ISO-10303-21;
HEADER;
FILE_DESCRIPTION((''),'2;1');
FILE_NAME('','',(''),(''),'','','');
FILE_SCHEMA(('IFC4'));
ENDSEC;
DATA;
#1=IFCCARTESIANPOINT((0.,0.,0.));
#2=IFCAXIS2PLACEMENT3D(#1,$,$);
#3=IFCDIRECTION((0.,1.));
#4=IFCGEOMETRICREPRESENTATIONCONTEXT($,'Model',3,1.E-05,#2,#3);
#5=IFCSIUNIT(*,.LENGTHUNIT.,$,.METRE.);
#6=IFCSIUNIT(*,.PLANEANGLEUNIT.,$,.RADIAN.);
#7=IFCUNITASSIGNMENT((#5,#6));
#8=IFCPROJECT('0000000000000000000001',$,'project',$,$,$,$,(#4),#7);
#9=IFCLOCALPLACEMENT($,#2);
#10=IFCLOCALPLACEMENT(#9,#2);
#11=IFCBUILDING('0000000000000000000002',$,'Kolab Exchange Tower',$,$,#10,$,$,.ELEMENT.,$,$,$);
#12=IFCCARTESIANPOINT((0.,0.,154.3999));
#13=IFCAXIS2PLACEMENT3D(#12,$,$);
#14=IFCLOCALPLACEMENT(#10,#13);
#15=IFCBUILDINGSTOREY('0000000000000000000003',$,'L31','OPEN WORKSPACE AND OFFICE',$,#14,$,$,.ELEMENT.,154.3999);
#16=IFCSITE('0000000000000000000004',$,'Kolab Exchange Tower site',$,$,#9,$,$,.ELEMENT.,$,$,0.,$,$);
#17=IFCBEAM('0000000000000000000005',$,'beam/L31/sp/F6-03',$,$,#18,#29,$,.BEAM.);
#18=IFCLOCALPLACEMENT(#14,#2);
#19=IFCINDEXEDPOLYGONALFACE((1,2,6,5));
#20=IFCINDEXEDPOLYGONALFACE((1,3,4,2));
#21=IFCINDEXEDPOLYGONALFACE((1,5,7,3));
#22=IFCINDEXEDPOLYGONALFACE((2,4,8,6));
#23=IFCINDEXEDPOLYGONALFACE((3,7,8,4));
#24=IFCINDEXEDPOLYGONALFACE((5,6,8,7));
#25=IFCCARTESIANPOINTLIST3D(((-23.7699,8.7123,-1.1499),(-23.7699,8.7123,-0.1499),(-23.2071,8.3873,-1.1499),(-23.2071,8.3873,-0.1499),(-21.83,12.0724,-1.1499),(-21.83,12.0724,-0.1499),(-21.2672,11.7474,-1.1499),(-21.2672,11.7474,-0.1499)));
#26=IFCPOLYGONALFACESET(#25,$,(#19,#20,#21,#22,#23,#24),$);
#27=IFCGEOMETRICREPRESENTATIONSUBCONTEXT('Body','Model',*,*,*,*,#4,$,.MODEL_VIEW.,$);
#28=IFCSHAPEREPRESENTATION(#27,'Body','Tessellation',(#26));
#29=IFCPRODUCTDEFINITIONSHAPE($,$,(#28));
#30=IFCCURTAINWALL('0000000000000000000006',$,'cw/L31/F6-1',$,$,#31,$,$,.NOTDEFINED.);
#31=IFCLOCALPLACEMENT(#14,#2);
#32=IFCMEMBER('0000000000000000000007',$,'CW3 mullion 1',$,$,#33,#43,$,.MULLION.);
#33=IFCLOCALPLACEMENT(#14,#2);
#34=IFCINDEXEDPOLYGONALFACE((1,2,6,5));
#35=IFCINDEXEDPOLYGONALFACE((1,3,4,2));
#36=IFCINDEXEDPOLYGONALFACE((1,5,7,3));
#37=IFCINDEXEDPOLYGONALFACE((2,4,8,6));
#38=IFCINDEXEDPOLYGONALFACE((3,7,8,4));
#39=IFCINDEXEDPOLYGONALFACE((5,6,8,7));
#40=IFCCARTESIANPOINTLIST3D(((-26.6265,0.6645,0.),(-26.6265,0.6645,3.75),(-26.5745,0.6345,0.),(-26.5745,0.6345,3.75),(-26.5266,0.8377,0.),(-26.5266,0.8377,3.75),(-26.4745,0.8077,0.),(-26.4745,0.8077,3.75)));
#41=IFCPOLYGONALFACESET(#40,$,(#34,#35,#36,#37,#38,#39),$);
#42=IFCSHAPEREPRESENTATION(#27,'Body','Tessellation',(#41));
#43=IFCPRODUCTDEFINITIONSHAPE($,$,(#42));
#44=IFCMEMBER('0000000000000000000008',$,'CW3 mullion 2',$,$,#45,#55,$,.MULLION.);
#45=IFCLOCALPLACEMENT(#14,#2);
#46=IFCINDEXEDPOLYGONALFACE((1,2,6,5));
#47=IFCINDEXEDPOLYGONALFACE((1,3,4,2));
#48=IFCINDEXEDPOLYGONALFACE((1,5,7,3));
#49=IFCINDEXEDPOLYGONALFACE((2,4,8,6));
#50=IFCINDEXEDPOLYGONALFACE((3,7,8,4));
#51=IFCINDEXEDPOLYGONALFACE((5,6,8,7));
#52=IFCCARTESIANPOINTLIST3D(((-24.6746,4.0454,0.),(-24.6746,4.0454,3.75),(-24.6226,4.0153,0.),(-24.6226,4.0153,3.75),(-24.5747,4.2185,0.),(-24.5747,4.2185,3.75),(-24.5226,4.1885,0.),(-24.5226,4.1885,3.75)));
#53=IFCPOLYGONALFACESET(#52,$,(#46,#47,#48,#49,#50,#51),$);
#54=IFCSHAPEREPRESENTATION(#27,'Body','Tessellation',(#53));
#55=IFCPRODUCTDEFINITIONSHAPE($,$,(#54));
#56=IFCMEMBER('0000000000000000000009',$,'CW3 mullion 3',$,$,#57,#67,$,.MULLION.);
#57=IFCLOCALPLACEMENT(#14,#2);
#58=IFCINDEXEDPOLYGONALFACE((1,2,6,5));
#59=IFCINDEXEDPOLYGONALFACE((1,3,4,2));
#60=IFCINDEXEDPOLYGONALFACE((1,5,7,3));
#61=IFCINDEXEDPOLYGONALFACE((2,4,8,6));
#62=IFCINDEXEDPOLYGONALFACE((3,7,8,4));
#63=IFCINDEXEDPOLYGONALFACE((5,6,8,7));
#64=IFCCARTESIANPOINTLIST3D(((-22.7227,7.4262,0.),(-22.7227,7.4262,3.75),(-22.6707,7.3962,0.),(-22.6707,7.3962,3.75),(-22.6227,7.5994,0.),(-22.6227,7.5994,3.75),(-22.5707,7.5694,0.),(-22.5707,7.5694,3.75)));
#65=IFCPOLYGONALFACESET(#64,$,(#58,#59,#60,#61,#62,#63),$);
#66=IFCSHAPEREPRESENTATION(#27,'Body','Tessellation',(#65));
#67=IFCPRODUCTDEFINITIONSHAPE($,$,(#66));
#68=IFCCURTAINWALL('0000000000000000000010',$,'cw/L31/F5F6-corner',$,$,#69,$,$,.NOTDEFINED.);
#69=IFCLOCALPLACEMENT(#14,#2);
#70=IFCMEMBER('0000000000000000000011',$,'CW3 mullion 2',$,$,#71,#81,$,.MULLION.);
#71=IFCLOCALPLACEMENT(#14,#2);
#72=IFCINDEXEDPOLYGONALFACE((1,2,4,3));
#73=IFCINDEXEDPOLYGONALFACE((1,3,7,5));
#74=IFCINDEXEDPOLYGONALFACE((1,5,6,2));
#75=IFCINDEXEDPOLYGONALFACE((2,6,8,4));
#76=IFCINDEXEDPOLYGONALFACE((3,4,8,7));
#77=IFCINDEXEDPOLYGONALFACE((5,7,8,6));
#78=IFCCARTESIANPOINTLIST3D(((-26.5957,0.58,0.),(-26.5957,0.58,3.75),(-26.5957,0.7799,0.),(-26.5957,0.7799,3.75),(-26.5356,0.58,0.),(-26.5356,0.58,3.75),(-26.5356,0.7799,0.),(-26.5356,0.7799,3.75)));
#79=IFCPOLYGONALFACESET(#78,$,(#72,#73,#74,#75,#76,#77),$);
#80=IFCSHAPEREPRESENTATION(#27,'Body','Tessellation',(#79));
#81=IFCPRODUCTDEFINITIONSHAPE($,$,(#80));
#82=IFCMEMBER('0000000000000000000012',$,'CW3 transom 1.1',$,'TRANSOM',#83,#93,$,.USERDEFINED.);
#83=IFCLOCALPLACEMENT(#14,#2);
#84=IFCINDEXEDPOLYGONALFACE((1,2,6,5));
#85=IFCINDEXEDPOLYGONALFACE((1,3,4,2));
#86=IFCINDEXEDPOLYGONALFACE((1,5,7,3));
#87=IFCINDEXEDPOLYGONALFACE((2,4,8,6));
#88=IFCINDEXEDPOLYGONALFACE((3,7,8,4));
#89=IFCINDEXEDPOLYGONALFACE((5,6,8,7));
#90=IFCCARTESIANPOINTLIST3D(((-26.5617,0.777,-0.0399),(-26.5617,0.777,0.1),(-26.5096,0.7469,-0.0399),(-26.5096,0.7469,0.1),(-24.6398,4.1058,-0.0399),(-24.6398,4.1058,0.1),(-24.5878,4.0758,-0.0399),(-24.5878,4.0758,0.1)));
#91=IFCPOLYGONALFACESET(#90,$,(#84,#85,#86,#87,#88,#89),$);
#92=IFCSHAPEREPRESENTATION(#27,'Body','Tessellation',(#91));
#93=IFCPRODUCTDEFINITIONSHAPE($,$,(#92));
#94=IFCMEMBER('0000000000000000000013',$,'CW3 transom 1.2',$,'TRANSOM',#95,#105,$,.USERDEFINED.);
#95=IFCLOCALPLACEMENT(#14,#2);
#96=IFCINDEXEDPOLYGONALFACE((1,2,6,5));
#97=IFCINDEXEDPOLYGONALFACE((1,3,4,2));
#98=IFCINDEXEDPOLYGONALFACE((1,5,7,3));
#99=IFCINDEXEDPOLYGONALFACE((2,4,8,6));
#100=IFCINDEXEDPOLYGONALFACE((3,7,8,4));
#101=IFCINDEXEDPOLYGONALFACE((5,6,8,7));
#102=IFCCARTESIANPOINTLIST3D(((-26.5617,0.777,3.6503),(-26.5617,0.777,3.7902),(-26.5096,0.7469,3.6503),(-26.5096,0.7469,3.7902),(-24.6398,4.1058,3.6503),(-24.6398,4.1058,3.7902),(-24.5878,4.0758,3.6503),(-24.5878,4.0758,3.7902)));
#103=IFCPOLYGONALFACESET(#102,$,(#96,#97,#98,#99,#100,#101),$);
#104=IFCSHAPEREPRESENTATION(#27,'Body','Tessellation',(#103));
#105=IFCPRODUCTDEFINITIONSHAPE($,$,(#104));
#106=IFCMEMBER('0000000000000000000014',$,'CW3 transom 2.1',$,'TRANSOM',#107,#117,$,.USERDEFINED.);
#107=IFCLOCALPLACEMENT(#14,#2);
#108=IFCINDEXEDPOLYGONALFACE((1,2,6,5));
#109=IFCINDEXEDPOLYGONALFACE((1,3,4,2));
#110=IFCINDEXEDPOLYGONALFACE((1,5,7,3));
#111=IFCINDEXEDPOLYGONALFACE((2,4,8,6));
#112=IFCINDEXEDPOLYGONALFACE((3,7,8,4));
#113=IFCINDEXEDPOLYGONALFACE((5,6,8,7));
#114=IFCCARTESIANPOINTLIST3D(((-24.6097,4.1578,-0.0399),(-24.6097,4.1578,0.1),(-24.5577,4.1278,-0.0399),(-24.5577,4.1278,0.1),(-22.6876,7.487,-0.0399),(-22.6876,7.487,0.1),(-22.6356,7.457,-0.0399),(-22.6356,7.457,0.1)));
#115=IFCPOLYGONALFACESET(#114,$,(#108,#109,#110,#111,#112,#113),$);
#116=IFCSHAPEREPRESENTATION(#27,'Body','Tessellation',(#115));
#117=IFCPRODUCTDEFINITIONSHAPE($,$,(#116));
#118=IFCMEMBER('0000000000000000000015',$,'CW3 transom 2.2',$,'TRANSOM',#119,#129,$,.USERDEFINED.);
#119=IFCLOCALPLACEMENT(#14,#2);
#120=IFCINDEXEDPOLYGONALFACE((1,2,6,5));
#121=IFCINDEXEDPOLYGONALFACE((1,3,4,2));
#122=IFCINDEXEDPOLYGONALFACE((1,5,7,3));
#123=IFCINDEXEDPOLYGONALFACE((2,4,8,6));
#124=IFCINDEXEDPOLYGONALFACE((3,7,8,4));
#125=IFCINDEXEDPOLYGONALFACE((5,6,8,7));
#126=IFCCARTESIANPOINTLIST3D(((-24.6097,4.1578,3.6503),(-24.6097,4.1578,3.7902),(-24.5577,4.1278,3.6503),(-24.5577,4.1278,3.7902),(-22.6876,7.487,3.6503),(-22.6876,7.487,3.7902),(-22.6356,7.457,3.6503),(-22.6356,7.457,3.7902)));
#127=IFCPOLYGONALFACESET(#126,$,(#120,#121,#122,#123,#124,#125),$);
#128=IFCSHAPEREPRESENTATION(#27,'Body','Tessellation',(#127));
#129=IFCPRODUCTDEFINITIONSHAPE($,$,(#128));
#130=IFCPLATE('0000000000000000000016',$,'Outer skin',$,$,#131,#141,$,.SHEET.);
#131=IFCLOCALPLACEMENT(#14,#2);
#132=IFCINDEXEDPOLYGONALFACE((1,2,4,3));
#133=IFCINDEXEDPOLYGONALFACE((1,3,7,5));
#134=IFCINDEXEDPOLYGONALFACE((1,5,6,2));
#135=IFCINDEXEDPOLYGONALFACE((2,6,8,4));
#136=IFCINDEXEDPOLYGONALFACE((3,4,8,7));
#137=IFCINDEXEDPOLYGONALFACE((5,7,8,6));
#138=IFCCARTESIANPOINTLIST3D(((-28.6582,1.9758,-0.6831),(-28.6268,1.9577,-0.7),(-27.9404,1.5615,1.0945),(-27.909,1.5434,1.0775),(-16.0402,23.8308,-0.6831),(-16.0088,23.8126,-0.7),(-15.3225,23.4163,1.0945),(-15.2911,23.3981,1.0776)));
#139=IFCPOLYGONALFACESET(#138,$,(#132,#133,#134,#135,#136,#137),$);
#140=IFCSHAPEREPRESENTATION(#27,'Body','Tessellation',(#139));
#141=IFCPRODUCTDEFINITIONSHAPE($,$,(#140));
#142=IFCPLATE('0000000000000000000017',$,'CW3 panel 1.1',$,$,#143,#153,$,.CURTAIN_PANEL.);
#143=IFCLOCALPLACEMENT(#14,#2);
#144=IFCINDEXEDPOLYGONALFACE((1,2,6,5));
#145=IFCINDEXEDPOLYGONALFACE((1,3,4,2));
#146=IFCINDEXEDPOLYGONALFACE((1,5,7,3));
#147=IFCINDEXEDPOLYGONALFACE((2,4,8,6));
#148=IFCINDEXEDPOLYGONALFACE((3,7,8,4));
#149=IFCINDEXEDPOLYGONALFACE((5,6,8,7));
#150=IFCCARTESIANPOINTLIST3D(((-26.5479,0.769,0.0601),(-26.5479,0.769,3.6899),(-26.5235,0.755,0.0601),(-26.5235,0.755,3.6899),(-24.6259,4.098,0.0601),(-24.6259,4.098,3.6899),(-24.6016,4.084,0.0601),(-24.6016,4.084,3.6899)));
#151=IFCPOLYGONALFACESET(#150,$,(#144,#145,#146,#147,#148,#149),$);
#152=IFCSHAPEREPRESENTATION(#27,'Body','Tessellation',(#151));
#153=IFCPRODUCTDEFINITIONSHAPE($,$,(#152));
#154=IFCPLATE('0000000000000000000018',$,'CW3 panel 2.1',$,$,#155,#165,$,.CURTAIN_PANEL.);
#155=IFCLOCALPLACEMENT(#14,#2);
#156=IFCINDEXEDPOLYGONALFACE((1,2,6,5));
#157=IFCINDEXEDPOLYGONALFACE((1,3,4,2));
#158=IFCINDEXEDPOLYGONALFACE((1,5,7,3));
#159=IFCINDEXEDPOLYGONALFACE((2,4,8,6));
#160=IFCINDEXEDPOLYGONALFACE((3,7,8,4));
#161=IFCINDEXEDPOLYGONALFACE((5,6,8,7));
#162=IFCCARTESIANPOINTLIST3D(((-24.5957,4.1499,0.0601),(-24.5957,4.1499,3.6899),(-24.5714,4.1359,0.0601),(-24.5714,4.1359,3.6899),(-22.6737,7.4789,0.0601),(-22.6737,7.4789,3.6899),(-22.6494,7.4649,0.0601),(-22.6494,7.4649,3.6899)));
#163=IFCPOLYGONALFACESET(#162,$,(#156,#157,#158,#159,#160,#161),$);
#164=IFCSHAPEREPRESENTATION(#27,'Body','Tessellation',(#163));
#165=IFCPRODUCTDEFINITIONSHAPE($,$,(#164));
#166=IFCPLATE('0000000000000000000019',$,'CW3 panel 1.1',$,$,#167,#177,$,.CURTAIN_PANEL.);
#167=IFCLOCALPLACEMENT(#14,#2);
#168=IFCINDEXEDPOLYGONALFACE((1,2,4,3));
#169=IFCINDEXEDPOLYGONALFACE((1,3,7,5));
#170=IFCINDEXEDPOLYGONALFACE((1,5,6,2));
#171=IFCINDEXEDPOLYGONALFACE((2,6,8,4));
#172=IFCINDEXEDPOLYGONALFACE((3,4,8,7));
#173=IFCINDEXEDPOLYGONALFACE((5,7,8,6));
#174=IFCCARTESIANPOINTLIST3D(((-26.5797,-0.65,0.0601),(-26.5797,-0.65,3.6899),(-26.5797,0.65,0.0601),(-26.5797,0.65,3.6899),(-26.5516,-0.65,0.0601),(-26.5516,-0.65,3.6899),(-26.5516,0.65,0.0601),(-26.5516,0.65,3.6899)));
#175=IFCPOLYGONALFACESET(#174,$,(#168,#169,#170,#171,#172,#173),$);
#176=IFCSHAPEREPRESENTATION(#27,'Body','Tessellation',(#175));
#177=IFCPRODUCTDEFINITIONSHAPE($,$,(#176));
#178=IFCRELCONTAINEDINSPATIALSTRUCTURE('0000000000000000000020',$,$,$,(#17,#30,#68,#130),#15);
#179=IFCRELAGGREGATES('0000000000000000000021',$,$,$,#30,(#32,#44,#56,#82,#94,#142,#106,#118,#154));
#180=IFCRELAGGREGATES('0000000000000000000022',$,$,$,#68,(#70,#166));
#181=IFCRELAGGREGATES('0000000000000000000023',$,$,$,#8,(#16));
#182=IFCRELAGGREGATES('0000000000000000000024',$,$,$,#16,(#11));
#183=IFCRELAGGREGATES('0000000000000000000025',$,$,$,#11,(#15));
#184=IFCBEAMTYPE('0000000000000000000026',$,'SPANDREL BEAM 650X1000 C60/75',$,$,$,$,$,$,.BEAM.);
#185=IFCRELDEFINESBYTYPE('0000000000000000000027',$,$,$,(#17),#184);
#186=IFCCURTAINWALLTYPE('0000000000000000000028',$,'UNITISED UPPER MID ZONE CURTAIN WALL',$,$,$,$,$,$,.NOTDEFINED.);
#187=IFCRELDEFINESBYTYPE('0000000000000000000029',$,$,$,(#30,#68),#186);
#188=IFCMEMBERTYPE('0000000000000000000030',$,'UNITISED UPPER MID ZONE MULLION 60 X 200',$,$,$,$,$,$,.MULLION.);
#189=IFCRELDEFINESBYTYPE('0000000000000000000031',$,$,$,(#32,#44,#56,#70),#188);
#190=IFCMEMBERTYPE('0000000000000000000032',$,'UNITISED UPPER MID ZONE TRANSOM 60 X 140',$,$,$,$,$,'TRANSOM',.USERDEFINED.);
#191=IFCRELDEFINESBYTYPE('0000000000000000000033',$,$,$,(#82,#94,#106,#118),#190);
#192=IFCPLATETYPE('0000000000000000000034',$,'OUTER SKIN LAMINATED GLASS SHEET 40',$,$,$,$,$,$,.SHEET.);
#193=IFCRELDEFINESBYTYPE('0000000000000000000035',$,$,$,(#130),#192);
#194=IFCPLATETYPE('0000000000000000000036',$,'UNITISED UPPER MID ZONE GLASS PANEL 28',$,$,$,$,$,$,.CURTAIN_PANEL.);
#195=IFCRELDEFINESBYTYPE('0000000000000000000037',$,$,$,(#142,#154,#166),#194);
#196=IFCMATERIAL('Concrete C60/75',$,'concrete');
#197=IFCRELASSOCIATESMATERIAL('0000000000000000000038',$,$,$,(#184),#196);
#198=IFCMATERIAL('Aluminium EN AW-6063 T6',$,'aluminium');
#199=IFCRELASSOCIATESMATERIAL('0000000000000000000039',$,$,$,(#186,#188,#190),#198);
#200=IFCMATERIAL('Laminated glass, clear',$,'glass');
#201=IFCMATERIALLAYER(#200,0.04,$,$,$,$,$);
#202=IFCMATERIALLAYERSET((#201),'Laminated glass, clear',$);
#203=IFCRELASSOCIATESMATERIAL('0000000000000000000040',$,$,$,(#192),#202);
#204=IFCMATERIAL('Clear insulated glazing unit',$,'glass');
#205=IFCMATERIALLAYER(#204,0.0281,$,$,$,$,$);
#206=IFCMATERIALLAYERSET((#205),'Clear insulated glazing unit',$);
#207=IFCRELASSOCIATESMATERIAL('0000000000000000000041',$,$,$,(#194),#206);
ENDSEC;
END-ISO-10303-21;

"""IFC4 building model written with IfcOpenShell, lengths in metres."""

from ifc_helpers import new_model, si_unit, direction, frame, origin, origin_2d, place, context, subcontext, project, spatial, polyline, rectangle, outline, extrude, material, layer, layer_set, material_profile, profile_set, type_object, element, aggregate, save


model = new_model("IFC4")

# Units and contexts
model_context = context("Model", 3, precision=1e-05, world=origin(), true_north=direction((0.0, 1.0)))
body_context = subcontext(model_context, "Body", "Model", "MODEL_VIEW")
ifc_project = project(units=[si_unit("LENGTHUNIT", "METRE"), si_unit("PLANEANGLEUNIT", "RADIAN")], contexts=[model_context])

# Site, building, storey
site_placement = place(None, origin())
site = spatial("IfcSite", under=ifc_project, at=site_placement, Name="Kolab Exchange Tower site", CompositionType="ELEMENT", RefElevation=0.0)
building_placement = place(site_placement, origin())
building = spatial("IfcBuilding", under=site, at=building_placement, Name="Kolab Exchange Tower", CompositionType="ELEMENT")
storey_placement = place(building_placement, frame((0.0, 0.0, 154.3999)))
storey = spatial("IfcBuildingStorey", under=building, at=storey_placement, Name="L31", Description="OPEN WORKSPACE AND OFFICE", CompositionType="ELEMENT", Elevation=154.3999)

# Shared definitions
ifc_material_1 = material(Name="Concrete C60/75", Category="concrete")

# Beam
ifc_material_profile_1 = material_profile(ifc_material_1, rectangle(XDim=0.6499, YDim=1.0, at=origin_2d()), Name="RC650X1000")
ifc_profile_set_1 = profile_set([ifc_material_profile_1], Name="Concrete C60/75")
beam_type_1 = type_object("IfcBeamType", Name="SPANDREL BEAM 650X1000 C60/75", PredefinedType="BEAM", material=ifc_profile_set_1)
for number, where, z_axis, x_axis, name in (
    (1, (-23.4885, 8.5498, -0.6499), (0.499997, 0.866027, 0.0), (-0.866027, 0.499997, 0.0), "beam/L31/sp/F6-03"),
):
    element("IfcBeam", number, at=place(storey_placement, frame(where, z_axis=z_axis, x_axis=x_axis)), inside=storey, type_object=beam_type_1, Name=name, PredefinedType="BEAM", context=body_context, shape_type="SweptSolid", body=[
        extrude(rectangle(XDim=0.6499, YDim=1.0, at=origin_2d()), origin(), (0.0, 0.0, 1.0), 3.8799),
    ])

# Curtain wall, members
ifc_material_2 = material(Name="Aluminium EN AW-6063 T6", Category="aluminium")
curtain_wall_type = type_object("IfcCurtainWallType", Name="UNITISED UPPER MID ZONE CURTAIN WALL", PredefinedType="NOTDEFINED", material=ifc_material_2)
curtain_wall_1_placement = place(storey_placement, origin())
curtain_wall_1 = element("IfcCurtainWall", 2, at=curtain_wall_1_placement, inside=storey, type_object=curtain_wall_type, Name="cw/L31/F6-1", PredefinedType="NOTDEFINED")
ifc_material_profile_2 = material_profile(ifc_material_2, rectangle(XDim=0.0601, YDim=0.2, at=origin_2d()), Name="RECT 60X200")
ifc_profile_set_2 = profile_set([ifc_material_profile_2], Name="Aluminium EN AW-6063 T6")
member_type_1 = type_object("IfcMemberType", Name="UNITISED UPPER MID ZONE MULLION 60 X 200", PredefinedType="MULLION", material=ifc_profile_set_2)
member_1_placement = place(storey_placement, frame((-26.5505, 0.7361, 0.0), z_axis=(0.0, 0.0, 1.0), x_axis=(-0.866025, 0.5, 0.0)))
member_1 = element("IfcMember", 3, at=member_1_placement, type_object=member_type_1, Name="CW3 mullion 1", PredefinedType="MULLION", context=body_context, shape_type="SweptSolid", body=[
    extrude(rectangle(XDim=0.0601, YDim=0.2, at=origin_2d()), origin(), (0.0, 0.0, 1.0), 3.75),
])
member_2_placement = place(storey_placement, frame((-24.5986, 4.1169, 0.0), z_axis=(0.0, 0.0, 1.0), x_axis=(-0.866025, 0.5, 0.0)))
member_2 = element("IfcMember", 4, at=member_2_placement, type_object=member_type_1, Name="CW3 mullion 2", PredefinedType="MULLION", context=body_context, shape_type="SweptSolid", body=[
    extrude(rectangle(XDim=0.0601, YDim=0.2, at=origin_2d()), origin(), (0.0, 0.0, 1.0), 3.75),
])
member_3_placement = place(storey_placement, frame((-22.6467, 7.4978, 0.0), z_axis=(0.0, 0.0, 1.0), x_axis=(-0.866025, 0.5, 0.0)))
member_3 = element("IfcMember", 5, at=member_3_placement, type_object=member_type_1, Name="CW3 mullion 3", PredefinedType="MULLION", context=body_context, shape_type="SweptSolid", body=[
    extrude(rectangle(XDim=0.0601, YDim=0.2, at=origin_2d()), origin(), (0.0, 0.0, 1.0), 3.75),
])

# Curtain wall, member
curtain_wall_2_placement = place(storey_placement, origin())
curtain_wall_2 = element("IfcCurtainWall", 6, at=curtain_wall_2_placement, inside=storey, type_object=curtain_wall_type, Name="cw/L31/F5F6-corner", PredefinedType="NOTDEFINED")
member_4_placement = place(storey_placement, frame((-26.5657, 0.6799, 0.0), z_axis=(0.0, 0.0, 1.0), x_axis=(-1.0, 0.0, 0.0)))
member_4 = element("IfcMember", 7, at=member_4_placement, type_object=member_type_1, Name="CW3 mullion 2", PredefinedType="MULLION", context=body_context, shape_type="SweptSolid", body=[
    extrude(rectangle(XDim=0.0601, YDim=0.2, at=origin_2d()), origin(), (0.0, 0.0, 1.0), 3.75),
])

# Members
ifc_material_profile_3 = material_profile(ifc_material_2, rectangle(XDim=0.0601, YDim=0.1399, at=origin_2d()), Name="RECT 60X140")
ifc_profile_set_3 = profile_set([ifc_material_profile_3], Name="Aluminium EN AW-6063 T6")
member_type_2 = type_object("IfcMemberType", Name="UNITISED UPPER MID ZONE TRANSOM 60 X 140", ElementType="TRANSOM", PredefinedType="USERDEFINED", material=ifc_profile_set_3)
member_5_placement = place(storey_placement, frame((-26.5356, 0.762, 0.03), z_axis=(0.499992, 0.86603, 0.0), x_axis=(-0.86603, 0.499992, 0.0)))
member_5 = element("IfcMember", 8, at=member_5_placement, type_object=member_type_2, Name="CW3 transom 1.1", ObjectType="TRANSOM", PredefinedType="USERDEFINED", context=body_context, shape_type="SweptSolid", body=[
    extrude(rectangle(XDim=0.0601, YDim=0.1399, at=origin_2d()), origin(), (0.0, 0.0, 1.0), 3.8438),
])
member_6_placement = place(storey_placement, frame((-26.5356, 0.762, 3.7202), z_axis=(0.499992, 0.86603, 0.0), x_axis=(-0.86603, 0.499992, 0.0)))
member_6 = element("IfcMember", 9, at=member_6_placement, type_object=member_type_2, Name="CW3 transom 1.2", ObjectType="TRANSOM", PredefinedType="USERDEFINED", context=body_context, shape_type="SweptSolid", body=[
    extrude(rectangle(XDim=0.0601, YDim=0.1399, at=origin_2d()), origin(), (0.0, 0.0, 1.0), 3.8438),
])
member_7_placement = place(storey_placement, frame((-24.5837, 4.1428, 0.03), z_axis=(0.500012, 0.866018, 0.0), x_axis=(-0.866018, 0.500012, 0.0)))
member_7 = element("IfcMember", 10, at=member_7_placement, type_object=member_type_2, Name="CW3 transom 2.1", ObjectType="TRANSOM", PredefinedType="USERDEFINED", context=body_context, shape_type="SweptSolid", body=[
    extrude(rectangle(XDim=0.0601, YDim=0.1399, at=origin_2d()), origin(), (0.0, 0.0, 1.0), 3.8442),
])
member_8_placement = place(storey_placement, frame((-24.5837, 4.1428, 3.7202), z_axis=(0.500012, 0.866018, 0.0), x_axis=(-0.866018, 0.500012, 0.0)))
member_8 = element("IfcMember", 11, at=member_8_placement, type_object=member_type_2, Name="CW3 transom 2.2", ObjectType="TRANSOM", PredefinedType="USERDEFINED", context=body_context, shape_type="SweptSolid", body=[
    extrude(rectangle(XDim=0.0601, YDim=0.1399, at=origin_2d()), origin(), (0.0, 0.0, 1.0), 3.8442),
])

# Plates
ifc_material_3 = material(Name="Laminated glass, clear", Category="glass")
ifc_layer_1 = layer(ifc_material_3, 0.04)
ifc_layer_set_1 = layer_set([ifc_layer_1], Name="Laminated glass, clear")
plate_type_1 = type_object("IfcPlateType", Name="OUTER SKIN LAMINATED GLASS SHEET 40", PredefinedType="SHEET", material=ifc_layer_set_1)
plate_1_placement = place(storey_placement, frame((-28.6582, 1.9758, -0.6831), z_axis=(-0.784899, 0.453162, 0.422585), x_axis=(0.5, 0.866025, -0.000001)))
element("IfcPlate", 12, at=plate_1_placement, inside=storey, type_object=plate_type_1, Name="Outer skin", PredefinedType="SHEET", context=body_context, shape_type="SweptSolid", body=[
    extrude(outline(polyline([(0.0, 0.0), (25.2359, 0.0), (25.2358, -1.9613), (0.0001, -1.9613), (0.0, 0.0)])), origin(), (0.0, 0.0, -1.0), 0.04),
])
ifc_material_4 = material(Name="Clear insulated glazing unit", Category="glass")
ifc_layer_2 = layer(ifc_material_4, 0.0281)
ifc_layer_set_2 = layer_set([ifc_layer_2], Name="Clear insulated glazing unit")
plate_type_2 = type_object("IfcPlateType", Name="UNITISED UPPER MID ZONE GLASS PANEL 28", PredefinedType="CURTAIN_PANEL", material=ifc_layer_set_2)
plate_2_placement = place(storey_placement, frame((-25.5747, 2.4265, 0.0601), z_axis=(0.0, 0.0, 1.0), x_axis=(0.5, 0.866025, 0.0)))
plate_2 = element("IfcPlate", 13, at=plate_2_placement, type_object=plate_type_2, Name="CW3 panel 1.1", PredefinedType="CURTAIN_PANEL", context=body_context, shape_type="SweptSolid", body=[
    extrude(rectangle(XDim=3.844, YDim=0.0281, at=origin_2d()), origin(), (0.0, 0.0, 1.0), 3.6299),
])
plate_3_placement = place(storey_placement, frame((-23.6226, 5.8074, 0.0601), z_axis=(0.0, 0.0, 1.0), x_axis=(0.5, 0.866025, 0.0)))
plate_3 = element("IfcPlate", 14, at=plate_3_placement, type_object=plate_type_2, Name="CW3 panel 2.1", PredefinedType="CURTAIN_PANEL", context=body_context, shape_type="SweptSolid", body=[
    extrude(rectangle(XDim=3.844, YDim=0.0281, at=origin_2d()), origin(), (0.0, 0.0, 1.0), 3.6299),
])
aggregate(curtain_wall_1, [member_1, member_2, member_3, member_5, member_6, plate_2, member_7, member_8, plate_3])
plate_4_placement = place(storey_placement, frame((-26.5657, 0.0, 0.0601), z_axis=(0.0, 0.0, 1.0), x_axis=(0.0, 1.0, 0.0)))
plate_4 = element("IfcPlate", 15, at=plate_4_placement, type_object=plate_type_2, Name="CW3 panel 1.1", PredefinedType="CURTAIN_PANEL", context=body_context, shape_type="SweptSolid", body=[
    extrude(rectangle(XDim=1.3, YDim=0.0281, at=origin_2d()), origin(), (0.0, 0.0, 1.0), 3.6299),
])
aggregate(curtain_wall_2, [member_4, plate_4])

save(model, "model.ifc")
